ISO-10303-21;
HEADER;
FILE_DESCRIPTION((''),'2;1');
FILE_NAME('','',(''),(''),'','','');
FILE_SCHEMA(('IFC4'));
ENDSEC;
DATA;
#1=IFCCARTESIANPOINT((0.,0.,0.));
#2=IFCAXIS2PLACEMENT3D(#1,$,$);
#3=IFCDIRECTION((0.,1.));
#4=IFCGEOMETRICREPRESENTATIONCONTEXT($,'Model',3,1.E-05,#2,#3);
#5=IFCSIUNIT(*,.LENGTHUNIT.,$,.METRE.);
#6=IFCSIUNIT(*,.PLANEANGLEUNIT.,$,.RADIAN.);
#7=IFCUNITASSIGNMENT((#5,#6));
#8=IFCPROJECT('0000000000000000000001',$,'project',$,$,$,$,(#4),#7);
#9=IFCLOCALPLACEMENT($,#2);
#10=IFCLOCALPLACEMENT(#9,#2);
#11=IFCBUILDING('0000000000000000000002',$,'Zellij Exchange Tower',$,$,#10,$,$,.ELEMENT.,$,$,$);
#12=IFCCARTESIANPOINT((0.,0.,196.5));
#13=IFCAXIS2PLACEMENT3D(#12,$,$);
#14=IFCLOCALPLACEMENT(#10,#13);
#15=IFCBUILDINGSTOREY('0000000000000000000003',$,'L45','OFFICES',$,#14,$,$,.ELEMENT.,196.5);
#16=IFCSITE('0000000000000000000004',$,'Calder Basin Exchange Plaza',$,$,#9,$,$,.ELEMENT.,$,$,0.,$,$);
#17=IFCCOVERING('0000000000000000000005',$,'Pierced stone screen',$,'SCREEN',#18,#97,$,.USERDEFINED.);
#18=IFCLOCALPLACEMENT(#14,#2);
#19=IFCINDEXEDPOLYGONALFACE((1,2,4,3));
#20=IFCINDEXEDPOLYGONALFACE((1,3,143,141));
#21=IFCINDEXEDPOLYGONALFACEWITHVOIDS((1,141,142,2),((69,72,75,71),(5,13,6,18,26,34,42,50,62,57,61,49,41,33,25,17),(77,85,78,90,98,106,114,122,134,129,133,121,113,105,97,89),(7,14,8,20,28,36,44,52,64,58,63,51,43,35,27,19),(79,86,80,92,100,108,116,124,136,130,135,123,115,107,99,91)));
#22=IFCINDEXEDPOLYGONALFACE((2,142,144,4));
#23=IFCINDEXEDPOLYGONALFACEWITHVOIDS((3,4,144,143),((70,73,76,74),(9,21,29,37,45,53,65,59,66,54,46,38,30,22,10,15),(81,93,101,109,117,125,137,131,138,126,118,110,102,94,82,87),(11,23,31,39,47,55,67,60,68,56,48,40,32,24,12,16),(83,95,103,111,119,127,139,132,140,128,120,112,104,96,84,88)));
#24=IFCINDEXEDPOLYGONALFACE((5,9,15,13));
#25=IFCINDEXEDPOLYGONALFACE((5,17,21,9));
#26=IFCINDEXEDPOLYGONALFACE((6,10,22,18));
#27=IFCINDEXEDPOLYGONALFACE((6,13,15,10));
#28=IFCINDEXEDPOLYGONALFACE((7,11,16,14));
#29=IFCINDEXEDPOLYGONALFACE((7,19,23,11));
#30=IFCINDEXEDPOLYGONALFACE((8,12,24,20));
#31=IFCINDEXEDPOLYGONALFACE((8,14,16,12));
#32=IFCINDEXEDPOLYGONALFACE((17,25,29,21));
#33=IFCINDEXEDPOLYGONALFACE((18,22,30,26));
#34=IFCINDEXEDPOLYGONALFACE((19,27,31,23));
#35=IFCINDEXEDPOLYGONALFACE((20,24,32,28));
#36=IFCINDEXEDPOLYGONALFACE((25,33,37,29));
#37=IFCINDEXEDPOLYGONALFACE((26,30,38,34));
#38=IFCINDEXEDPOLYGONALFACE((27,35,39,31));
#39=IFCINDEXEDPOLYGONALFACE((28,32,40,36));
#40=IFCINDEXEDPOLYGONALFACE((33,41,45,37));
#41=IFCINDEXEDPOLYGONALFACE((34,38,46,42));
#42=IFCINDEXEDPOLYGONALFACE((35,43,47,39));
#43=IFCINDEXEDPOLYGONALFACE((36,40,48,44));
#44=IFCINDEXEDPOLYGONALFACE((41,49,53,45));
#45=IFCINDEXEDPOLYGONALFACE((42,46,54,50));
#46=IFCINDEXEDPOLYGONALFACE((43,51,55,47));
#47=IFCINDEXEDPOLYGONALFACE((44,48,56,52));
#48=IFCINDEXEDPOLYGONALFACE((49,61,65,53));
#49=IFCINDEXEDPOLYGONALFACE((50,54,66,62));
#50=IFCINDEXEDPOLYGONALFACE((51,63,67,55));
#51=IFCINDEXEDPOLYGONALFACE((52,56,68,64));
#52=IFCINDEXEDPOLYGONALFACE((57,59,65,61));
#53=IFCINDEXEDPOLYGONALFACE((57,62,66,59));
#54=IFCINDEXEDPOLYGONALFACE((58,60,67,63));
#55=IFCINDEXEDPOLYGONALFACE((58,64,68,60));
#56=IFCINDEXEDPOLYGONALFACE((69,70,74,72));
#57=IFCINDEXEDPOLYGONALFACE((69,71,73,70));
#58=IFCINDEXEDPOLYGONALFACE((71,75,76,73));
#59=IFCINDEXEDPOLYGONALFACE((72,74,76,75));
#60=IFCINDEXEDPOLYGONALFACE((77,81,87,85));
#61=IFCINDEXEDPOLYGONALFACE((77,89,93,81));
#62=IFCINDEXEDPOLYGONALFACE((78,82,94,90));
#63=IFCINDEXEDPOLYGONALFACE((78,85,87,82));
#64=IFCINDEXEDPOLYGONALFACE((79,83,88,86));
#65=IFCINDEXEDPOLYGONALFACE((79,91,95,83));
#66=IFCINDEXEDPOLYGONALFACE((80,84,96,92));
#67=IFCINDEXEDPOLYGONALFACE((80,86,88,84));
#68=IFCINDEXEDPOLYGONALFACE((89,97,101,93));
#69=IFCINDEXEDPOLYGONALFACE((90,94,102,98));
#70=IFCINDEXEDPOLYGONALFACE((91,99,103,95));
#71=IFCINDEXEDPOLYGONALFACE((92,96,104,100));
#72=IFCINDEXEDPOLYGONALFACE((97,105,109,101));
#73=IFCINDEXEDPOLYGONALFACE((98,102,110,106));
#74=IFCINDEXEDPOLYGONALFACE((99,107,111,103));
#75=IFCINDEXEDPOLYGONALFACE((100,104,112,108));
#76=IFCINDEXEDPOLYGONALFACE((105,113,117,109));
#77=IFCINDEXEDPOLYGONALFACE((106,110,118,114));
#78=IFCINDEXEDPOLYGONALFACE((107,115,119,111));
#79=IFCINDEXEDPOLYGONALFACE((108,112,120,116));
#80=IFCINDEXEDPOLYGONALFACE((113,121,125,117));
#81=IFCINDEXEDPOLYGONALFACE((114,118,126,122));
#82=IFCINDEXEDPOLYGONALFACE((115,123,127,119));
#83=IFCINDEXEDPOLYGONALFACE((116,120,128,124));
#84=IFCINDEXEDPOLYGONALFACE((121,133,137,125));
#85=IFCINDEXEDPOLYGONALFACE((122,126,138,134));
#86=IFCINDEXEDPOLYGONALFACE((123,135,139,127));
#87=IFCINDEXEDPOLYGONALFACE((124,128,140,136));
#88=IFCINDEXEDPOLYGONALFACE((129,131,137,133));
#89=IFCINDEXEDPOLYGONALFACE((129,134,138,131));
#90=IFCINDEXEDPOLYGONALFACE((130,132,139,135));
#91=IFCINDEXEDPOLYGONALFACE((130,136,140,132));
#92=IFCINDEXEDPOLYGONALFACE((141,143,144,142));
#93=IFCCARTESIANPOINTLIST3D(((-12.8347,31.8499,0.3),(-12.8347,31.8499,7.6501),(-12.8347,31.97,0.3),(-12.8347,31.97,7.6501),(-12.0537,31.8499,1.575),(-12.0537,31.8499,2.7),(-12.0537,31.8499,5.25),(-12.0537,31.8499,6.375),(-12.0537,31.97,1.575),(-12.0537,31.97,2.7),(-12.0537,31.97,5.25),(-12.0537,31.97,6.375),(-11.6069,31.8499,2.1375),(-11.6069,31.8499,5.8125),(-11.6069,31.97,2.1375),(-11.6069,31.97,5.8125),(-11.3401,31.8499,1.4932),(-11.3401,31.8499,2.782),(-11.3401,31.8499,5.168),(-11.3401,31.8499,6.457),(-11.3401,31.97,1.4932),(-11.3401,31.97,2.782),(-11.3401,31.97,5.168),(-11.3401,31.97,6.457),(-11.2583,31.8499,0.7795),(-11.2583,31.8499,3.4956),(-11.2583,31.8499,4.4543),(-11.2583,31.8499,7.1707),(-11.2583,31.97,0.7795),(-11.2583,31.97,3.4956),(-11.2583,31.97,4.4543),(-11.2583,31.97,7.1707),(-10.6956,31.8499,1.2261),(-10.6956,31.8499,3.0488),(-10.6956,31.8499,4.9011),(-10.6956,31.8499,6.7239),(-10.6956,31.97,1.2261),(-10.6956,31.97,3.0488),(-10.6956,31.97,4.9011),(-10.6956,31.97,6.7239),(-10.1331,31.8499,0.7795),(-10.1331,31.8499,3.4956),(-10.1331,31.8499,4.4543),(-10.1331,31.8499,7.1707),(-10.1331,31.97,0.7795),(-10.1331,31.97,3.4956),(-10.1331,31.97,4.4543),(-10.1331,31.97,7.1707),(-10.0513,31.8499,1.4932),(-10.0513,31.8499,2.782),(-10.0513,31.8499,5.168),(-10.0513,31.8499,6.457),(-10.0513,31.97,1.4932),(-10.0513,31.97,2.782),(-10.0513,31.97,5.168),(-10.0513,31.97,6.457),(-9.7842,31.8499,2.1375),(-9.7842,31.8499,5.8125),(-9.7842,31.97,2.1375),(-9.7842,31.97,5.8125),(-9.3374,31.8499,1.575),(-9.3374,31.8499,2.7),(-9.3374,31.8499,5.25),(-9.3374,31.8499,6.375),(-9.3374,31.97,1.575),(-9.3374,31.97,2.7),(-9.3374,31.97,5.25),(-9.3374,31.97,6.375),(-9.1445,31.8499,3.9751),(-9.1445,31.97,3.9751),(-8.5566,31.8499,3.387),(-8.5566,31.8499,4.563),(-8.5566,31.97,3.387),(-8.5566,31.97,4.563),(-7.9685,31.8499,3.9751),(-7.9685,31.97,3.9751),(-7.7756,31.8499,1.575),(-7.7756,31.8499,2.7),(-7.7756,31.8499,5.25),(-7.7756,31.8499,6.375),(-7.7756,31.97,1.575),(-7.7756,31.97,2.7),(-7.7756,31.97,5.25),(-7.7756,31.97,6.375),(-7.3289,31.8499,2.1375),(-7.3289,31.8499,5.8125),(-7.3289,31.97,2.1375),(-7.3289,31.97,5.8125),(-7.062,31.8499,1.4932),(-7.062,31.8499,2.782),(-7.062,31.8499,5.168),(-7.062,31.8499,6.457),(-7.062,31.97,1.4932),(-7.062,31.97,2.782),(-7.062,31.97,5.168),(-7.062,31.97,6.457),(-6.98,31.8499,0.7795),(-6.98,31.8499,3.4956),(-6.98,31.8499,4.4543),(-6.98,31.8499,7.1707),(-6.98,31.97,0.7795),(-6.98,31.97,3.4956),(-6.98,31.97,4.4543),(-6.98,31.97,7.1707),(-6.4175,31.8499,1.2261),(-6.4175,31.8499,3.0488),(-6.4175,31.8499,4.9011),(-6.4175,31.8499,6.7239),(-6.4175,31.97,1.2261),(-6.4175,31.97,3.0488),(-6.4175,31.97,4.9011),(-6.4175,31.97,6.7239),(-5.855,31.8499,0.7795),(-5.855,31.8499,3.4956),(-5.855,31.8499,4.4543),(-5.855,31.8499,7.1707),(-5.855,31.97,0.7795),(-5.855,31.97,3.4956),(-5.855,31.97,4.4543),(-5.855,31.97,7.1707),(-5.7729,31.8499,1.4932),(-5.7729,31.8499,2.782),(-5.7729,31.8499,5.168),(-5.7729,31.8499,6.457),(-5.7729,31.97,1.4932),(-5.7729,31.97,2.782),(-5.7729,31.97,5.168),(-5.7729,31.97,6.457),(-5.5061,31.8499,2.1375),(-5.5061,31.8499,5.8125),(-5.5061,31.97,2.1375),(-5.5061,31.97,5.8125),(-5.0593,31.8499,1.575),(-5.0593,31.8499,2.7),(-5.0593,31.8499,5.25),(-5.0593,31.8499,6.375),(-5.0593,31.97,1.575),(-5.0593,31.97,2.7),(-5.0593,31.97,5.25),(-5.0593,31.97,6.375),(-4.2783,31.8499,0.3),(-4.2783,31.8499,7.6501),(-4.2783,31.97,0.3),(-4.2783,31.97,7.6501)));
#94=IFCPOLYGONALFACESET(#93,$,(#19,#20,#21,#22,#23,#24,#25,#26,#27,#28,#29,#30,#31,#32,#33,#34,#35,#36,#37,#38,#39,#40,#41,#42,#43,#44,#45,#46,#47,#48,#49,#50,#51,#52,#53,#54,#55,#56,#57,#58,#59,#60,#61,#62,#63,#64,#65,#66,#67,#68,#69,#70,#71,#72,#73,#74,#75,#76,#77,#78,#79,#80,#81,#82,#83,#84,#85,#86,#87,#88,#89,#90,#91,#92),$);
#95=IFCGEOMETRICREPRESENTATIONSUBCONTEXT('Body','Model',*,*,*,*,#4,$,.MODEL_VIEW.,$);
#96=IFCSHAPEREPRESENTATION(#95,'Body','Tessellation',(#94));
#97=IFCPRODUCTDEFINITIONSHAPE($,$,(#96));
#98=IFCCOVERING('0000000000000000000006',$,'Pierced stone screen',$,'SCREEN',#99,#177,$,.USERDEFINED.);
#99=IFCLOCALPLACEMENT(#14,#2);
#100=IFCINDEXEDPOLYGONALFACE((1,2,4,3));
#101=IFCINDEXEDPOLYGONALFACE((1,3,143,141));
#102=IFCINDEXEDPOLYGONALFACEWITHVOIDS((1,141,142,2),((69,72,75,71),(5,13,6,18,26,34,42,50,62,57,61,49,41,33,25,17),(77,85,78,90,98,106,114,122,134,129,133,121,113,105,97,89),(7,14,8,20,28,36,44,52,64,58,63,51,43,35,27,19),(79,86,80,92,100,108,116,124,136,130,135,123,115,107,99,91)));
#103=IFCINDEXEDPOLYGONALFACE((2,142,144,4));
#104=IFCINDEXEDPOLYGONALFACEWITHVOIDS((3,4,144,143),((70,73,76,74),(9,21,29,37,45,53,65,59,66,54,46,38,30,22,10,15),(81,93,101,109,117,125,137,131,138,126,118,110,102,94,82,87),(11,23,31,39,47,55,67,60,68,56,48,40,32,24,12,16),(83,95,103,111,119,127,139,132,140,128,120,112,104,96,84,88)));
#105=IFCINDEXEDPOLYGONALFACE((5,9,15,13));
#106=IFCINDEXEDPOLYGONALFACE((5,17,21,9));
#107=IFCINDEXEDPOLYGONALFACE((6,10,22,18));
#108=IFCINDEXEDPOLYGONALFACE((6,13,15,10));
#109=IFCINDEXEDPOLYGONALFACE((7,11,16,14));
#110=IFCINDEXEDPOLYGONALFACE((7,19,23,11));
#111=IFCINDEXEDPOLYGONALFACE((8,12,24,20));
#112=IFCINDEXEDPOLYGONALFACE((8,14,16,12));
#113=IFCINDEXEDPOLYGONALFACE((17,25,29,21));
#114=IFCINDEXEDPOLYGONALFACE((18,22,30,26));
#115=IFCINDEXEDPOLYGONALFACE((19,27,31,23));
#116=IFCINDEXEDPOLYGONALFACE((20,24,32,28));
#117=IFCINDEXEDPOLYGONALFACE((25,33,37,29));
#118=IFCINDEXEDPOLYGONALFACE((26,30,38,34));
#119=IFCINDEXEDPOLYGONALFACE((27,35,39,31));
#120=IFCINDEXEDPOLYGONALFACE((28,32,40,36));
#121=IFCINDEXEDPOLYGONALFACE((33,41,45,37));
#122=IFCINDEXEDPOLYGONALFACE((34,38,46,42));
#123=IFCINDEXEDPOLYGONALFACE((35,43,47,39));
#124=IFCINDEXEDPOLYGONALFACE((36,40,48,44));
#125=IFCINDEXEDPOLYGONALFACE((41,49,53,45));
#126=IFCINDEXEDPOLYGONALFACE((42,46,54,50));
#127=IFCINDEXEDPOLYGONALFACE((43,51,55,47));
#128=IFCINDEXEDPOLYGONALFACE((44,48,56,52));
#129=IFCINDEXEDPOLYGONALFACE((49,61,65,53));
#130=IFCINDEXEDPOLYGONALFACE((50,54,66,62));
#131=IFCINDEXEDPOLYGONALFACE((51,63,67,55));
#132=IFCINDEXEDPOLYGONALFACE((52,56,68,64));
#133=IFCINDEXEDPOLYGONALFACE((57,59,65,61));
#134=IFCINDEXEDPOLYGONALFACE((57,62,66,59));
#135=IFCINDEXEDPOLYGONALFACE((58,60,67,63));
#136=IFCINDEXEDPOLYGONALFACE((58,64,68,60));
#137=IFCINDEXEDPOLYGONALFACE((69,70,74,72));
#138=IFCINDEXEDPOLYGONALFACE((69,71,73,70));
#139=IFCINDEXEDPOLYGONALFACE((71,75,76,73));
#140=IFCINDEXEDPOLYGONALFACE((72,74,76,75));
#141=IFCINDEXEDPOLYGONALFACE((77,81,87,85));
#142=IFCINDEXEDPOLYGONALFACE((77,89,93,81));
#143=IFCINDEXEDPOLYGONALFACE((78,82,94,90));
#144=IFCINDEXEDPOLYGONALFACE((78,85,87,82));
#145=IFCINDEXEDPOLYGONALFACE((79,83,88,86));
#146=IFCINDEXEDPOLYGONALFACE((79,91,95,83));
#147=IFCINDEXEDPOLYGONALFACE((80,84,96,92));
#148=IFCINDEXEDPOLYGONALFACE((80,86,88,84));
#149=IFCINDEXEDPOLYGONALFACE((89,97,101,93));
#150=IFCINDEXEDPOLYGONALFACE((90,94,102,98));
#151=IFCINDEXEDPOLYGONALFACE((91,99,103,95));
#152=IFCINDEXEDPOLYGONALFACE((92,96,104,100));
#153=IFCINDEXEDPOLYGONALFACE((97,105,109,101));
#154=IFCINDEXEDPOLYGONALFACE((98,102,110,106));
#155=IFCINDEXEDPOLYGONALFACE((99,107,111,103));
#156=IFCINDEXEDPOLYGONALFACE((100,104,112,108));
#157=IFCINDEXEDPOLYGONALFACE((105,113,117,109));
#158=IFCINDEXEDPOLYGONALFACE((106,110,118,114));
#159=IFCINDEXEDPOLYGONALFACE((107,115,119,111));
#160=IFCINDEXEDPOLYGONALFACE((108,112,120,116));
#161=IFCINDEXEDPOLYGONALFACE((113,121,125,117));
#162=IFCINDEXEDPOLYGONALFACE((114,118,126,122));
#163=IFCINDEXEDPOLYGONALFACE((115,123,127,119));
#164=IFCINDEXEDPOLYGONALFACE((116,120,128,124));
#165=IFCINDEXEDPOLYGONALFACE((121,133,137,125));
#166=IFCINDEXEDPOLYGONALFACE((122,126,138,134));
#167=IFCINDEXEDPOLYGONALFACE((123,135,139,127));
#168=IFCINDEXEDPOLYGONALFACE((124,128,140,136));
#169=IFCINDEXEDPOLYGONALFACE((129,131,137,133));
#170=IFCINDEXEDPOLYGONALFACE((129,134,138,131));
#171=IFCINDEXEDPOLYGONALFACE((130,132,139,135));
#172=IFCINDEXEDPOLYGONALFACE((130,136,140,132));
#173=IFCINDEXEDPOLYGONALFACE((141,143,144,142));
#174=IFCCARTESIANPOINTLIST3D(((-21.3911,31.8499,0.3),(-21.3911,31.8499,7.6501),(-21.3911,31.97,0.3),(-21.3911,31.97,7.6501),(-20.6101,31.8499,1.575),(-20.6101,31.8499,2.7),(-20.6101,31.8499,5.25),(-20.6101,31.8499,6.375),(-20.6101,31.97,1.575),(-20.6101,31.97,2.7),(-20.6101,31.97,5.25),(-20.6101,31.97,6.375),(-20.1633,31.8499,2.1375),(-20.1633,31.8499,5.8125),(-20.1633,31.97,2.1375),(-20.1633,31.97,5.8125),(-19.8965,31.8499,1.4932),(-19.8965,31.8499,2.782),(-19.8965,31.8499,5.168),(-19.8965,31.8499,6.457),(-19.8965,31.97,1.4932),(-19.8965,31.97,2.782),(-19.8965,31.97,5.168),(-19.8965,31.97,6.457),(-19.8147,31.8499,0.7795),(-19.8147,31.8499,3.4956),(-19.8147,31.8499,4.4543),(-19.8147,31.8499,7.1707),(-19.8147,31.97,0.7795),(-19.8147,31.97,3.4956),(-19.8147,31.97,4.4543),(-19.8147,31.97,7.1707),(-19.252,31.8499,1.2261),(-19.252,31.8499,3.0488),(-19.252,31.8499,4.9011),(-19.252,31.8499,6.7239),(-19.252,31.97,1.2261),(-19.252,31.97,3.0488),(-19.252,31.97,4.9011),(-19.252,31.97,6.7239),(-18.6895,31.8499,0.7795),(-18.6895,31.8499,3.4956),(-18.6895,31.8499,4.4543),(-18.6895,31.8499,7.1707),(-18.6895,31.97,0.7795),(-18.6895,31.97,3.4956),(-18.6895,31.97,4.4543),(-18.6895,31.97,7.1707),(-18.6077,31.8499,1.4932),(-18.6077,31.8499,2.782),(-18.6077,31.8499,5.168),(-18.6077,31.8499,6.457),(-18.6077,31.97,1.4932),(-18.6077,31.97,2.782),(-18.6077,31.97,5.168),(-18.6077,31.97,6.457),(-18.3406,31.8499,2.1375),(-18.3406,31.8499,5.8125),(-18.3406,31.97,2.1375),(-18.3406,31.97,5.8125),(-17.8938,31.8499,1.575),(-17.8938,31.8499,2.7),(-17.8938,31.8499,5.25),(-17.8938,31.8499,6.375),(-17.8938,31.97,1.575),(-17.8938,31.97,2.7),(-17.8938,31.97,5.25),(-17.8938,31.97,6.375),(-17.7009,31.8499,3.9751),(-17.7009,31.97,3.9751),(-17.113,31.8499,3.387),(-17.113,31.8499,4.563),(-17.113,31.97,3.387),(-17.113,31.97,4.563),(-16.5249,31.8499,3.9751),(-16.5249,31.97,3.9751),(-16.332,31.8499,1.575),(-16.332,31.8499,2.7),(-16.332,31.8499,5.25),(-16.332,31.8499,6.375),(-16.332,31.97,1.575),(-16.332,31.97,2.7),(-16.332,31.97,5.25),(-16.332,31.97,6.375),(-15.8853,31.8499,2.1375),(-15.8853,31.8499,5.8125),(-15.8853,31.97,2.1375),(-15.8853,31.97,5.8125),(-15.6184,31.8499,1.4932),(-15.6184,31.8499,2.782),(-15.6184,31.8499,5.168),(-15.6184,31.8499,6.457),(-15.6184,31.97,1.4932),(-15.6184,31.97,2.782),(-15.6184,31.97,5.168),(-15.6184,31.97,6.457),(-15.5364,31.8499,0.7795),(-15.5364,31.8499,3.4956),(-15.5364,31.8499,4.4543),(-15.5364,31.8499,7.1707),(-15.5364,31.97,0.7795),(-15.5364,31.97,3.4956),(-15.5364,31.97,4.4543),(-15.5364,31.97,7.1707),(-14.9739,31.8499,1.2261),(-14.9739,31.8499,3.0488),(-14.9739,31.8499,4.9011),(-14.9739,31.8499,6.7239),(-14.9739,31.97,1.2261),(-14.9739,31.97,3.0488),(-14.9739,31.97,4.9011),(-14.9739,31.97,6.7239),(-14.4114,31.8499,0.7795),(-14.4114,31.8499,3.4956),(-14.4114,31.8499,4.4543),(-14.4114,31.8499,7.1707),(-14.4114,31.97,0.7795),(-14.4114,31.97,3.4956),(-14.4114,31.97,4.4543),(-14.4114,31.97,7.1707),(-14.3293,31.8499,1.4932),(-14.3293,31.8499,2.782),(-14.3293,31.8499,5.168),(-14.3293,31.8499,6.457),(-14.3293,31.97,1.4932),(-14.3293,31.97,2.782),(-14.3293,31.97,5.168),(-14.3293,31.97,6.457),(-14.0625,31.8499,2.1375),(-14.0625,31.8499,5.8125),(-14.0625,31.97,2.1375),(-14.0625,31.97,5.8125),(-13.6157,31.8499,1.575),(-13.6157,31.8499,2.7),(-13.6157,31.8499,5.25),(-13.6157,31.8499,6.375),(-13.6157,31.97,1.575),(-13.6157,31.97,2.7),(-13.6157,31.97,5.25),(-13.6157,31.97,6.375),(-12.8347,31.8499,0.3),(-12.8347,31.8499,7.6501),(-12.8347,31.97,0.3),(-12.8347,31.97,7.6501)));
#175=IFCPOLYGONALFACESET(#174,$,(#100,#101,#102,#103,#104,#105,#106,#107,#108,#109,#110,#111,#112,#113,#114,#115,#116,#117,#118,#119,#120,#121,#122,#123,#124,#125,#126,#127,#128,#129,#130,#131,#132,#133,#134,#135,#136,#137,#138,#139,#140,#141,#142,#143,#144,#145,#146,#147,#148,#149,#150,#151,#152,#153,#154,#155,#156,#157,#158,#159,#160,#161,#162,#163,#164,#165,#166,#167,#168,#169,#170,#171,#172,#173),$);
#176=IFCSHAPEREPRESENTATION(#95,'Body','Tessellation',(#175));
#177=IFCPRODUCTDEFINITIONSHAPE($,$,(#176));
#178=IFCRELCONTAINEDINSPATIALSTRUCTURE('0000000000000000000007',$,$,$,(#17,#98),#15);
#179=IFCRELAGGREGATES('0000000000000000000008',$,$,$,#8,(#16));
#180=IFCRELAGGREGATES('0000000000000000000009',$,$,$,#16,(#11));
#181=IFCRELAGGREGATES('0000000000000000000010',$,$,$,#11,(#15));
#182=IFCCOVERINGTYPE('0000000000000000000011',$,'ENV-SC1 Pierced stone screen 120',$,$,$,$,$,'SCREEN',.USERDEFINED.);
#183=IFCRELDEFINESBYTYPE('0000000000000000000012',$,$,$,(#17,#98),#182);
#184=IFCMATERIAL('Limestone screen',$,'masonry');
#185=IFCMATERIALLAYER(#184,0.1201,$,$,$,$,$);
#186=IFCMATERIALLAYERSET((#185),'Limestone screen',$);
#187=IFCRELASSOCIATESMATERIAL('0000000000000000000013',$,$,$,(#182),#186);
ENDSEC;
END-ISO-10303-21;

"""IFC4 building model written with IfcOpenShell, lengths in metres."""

from ifc_helpers import new_model, si_unit, direction, frame, origin, place, context, subcontext, project, spatial, polyline, outline, extrude, material, layer, layer_set, type_object, element, save


model = new_model("IFC4")

# Units and contexts
model_context = context("Model", 3, precision=1e-05, world=origin(), true_north=direction((0.0, 1.0)))
body_context = subcontext(model_context, "Body", "Model", "MODEL_VIEW")
ifc_project = project(units=[si_unit("LENGTHUNIT", "METRE"), si_unit("PLANEANGLEUNIT", "RADIAN")], contexts=[model_context])

# Site, building, storey
site_placement = place(None, origin())
site = spatial("IfcSite", under=ifc_project, at=site_placement, Name="Calder Basin Exchange Plaza", CompositionType="ELEMENT", RefElevation=0.0)
building_placement = place(site_placement, origin())
building = spatial("IfcBuilding", under=site, at=building_placement, Name="Zellij Exchange Tower", CompositionType="ELEMENT")
storey_placement = place(building_placement, frame((0.0, 0.0, 196.5)))
storey = spatial("IfcBuildingStorey", under=building, at=storey_placement, Name="L45", Description="OFFICES", CompositionType="ELEMENT", Elevation=196.5)

# Coverings
ifc_material_1 = material(Name="Limestone screen", Category="masonry")
ifc_layer_1 = layer(ifc_material_1, 0.1201)
ifc_layer_set_1 = layer_set([ifc_layer_1], Name="Limestone screen")
covering_type = type_object("IfcCoveringType", Name="ENV-SC1 Pierced stone screen 120", ElementType="SCREEN", PredefinedType="USERDEFINED", material=ifc_layer_set_1)
covering_1_placement = place(storey_placement, frame((-4.2783, 31.9099, 0.3), z_axis=(0.0, 0.0, 1.0), x_axis=(-1.0, 0.0, 0.0)))
element("IfcCovering", 1, at=covering_1_placement, inside=storey, type_object=covering_type, Name="Pierced stone screen", ObjectType="SCREEN", PredefinedType="USERDEFINED", context=body_context, shape_type="SweptSolid", body=[
    extrude(outline(polyline([(0.0, 0.0), (8.5564, 0.0), (8.5564, 7.3501), (0.0, 7.3501), (0.0, 0.0)]), holes=[polyline([(3.4973, 2.3999), (2.7837, 2.4819), (2.7017, 3.1956), (2.1392, 2.7488), (1.5767, 3.1956), (1.4946, 2.4819), (0.781, 2.3999), (1.2278, 1.8374), (0.781, 1.2749), (1.4946, 1.1931), (1.5767, 0.4795), (2.1392, 0.926), (2.7017, 0.4795), (2.7837, 1.1931), (3.4973, 1.2749), (3.0505, 1.8374), (3.4973, 2.3999)]), polyline([(3.4973, 6.075), (2.7837, 6.157), (2.7017, 6.8706), (2.1392, 6.4238), (1.5767, 6.8706), (1.4946, 6.157), (0.781, 6.075), (1.2278, 5.5125), (0.781, 4.95), (1.4946, 4.8679), (1.5767, 4.1543), (2.1392, 4.6011), (2.7017, 4.1543), (2.7837, 4.8679), (3.4973, 4.95), (3.0505, 5.5125), (3.4973, 6.075)]), polyline([(7.7754, 2.3999), (7.0618, 2.4819), (6.98, 3.1956), (6.4172, 2.7488), (5.8547, 3.1956), (5.7729, 2.4819), (5.0591, 2.3999), (5.5059, 1.8374), (5.0591, 1.2749), (5.7729, 1.1931), (5.8547, 0.4795), (6.4172, 0.926), (6.98, 0.4795), (7.0618, 1.1931), (7.7754, 1.2749), (7.3286, 1.8374), (7.7754, 2.3999)]), polyline([(7.7754, 6.075), (7.0618, 6.157), (6.98, 6.8706), (6.4172, 6.4238), (5.8547, 6.8706), (5.7729, 6.157), (5.0591, 6.075), (5.5059, 5.5125), (5.0591, 4.95), (5.7729, 4.8679), (5.8547, 4.1543), (6.4172, 4.6011), (6.98, 4.1543), (7.0618, 4.8679), (7.7754, 4.95), (7.3286, 5.5125), (7.7754, 6.075)]), polyline([(4.8662, 3.675), (4.2783, 4.2629), (3.6902, 3.675), (4.2783, 3.0869), (4.8662, 3.675)])]), frame((0.0, 0.0601, 0.0), z_axis=(0.0, -1.0, 0.0), x_axis=(1.0, 0.0, 0.0)), (0.0, 0.0, 1.0), 0.1201),
])
covering_2_placement = place(storey_placement, frame((-12.8347, 31.9099, 0.3), z_axis=(0.0, 0.0, 1.0), x_axis=(-1.0, 0.0, 0.0)))
element("IfcCovering", 2, at=covering_2_placement, inside=storey, type_object=covering_type, Name="Pierced stone screen", ObjectType="SCREEN", PredefinedType="USERDEFINED", context=body_context, shape_type="SweptSolid", body=[
    extrude(outline(polyline([(0.0, 0.0), (8.5564, 0.0), (8.5564, 7.3501), (0.0, 7.3501), (0.0, 0.0)]), holes=[polyline([(3.4973, 2.3999), (2.7837, 2.4819), (2.7017, 3.1956), (2.1392, 2.7488), (1.5767, 3.1956), (1.4946, 2.4819), (0.781, 2.3999), (1.2278, 1.8374), (0.781, 1.2749), (1.4946, 1.1931), (1.5767, 0.4795), (2.1392, 0.926), (2.7017, 0.4795), (2.7837, 1.1931), (3.4973, 1.2749), (3.0505, 1.8374), (3.4973, 2.3999)]), polyline([(3.4973, 6.075), (2.7837, 6.157), (2.7017, 6.8706), (2.1392, 6.4238), (1.5767, 6.8706), (1.4946, 6.157), (0.781, 6.075), (1.2278, 5.5125), (0.781, 4.95), (1.4946, 4.8679), (1.5767, 4.1543), (2.1392, 4.6011), (2.7017, 4.1543), (2.7837, 4.8679), (3.4973, 4.95), (3.0505, 5.5125), (3.4973, 6.075)]), polyline([(7.7754, 2.3999), (7.0618, 2.4819), (6.98, 3.1956), (6.4172, 2.7488), (5.8547, 3.1956), (5.7729, 2.4819), (5.0591, 2.3999), (5.5059, 1.8374), (5.0591, 1.2749), (5.7729, 1.1931), (5.8547, 0.4795), (6.4172, 0.926), (6.98, 0.4795), (7.0618, 1.1931), (7.7754, 1.2749), (7.3286, 1.8374), (7.7754, 2.3999)]), polyline([(7.7754, 6.075), (7.0618, 6.157), (6.98, 6.8706), (6.4172, 6.4238), (5.8547, 6.8706), (5.7729, 6.157), (5.0591, 6.075), (5.5059, 5.5125), (5.0591, 4.95), (5.7729, 4.8679), (5.8547, 4.1543), (6.4172, 4.6011), (6.98, 4.1543), (7.0618, 4.8679), (7.7754, 4.95), (7.3286, 5.5125), (7.7754, 6.075)]), polyline([(4.8662, 3.675), (4.2783, 4.2629), (3.6902, 3.675), (4.2783, 3.0869), (4.8662, 3.675)])]), frame((0.0, 0.0601, 0.0), z_axis=(0.0, -1.0, 0.0), x_axis=(1.0, 0.0, 0.0)), (0.0, 0.0, 1.0), 0.1201),
])

save(model, "model.ifc")
